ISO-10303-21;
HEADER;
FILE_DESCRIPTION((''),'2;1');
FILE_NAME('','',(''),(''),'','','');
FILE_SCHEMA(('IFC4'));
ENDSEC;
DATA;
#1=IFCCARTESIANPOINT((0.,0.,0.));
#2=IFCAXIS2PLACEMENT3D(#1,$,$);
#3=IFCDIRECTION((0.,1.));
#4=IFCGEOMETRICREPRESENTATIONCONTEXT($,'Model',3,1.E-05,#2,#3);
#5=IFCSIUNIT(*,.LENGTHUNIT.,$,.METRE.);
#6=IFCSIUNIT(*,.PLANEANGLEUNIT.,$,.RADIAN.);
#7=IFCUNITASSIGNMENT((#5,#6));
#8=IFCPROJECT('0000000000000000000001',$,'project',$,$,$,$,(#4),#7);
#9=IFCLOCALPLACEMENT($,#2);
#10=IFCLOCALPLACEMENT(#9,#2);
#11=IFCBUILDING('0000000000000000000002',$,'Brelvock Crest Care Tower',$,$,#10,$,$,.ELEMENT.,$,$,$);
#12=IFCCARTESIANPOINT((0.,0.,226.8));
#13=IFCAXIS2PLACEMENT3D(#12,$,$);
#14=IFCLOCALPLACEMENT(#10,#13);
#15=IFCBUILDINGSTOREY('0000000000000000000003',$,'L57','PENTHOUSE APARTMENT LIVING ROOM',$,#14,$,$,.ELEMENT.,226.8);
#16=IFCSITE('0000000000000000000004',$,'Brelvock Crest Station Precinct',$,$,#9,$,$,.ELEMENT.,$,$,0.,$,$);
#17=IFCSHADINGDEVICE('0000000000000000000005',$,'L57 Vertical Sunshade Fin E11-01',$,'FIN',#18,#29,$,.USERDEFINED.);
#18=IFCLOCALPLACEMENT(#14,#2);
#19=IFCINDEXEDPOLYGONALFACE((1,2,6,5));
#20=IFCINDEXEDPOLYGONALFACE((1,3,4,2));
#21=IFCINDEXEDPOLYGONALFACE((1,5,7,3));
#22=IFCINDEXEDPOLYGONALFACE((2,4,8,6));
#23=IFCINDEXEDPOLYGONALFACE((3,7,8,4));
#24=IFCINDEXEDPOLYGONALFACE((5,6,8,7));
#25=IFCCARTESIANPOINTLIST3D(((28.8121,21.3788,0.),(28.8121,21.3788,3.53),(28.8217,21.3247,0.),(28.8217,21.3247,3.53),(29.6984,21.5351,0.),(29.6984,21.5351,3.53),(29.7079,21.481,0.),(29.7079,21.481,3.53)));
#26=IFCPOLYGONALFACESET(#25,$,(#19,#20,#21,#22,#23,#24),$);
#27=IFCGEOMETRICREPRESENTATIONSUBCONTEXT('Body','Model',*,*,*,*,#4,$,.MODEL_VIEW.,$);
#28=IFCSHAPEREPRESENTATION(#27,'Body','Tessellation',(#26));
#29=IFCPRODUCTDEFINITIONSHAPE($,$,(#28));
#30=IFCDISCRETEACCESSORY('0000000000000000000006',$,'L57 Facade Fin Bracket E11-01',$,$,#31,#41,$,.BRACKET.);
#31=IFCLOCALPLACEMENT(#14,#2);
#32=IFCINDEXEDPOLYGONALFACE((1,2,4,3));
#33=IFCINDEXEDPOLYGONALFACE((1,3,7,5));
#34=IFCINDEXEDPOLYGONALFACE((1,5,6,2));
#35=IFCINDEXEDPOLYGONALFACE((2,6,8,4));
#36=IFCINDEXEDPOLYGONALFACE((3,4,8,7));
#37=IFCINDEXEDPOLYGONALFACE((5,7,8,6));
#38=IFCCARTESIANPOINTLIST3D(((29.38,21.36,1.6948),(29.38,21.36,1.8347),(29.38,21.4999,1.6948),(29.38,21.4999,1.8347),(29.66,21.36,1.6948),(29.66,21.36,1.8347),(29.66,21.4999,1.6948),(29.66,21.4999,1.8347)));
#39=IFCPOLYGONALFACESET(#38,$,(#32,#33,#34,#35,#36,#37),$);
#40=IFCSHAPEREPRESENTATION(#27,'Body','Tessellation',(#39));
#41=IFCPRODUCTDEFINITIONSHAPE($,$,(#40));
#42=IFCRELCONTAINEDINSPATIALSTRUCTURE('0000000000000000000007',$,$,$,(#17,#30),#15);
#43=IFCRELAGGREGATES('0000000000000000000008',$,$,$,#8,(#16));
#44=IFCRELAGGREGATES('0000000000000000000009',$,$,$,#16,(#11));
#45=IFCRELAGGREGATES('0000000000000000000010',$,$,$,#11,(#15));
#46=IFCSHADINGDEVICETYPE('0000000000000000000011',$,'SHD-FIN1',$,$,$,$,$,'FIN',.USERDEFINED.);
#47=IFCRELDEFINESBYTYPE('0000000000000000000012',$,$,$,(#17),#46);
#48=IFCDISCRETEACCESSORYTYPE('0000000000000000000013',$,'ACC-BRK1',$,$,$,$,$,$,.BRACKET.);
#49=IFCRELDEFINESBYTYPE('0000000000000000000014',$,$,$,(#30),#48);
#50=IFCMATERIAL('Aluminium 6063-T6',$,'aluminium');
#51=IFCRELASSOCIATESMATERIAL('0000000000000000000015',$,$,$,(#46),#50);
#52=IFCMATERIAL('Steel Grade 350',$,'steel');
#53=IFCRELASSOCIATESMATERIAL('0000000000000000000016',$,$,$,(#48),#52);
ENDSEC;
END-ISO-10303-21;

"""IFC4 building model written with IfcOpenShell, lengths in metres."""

from ifc_helpers import new_model, si_unit, direction, frame, origin, origin_2d, place, context, subcontext, project, spatial, rectangle, extrude, source, transform, mapped, material, material_profile, profile_set, type_object, element, save


model = new_model("IFC4")

# Units and contexts
model_context = context("Model", 3, precision=1e-05, world=origin(), true_north=direction((0.0, 1.0)))
body_context = subcontext(model_context, "Body", "Model", "MODEL_VIEW")
ifc_project = project(units=[si_unit("LENGTHUNIT", "METRE"), si_unit("PLANEANGLEUNIT", "RADIAN")], contexts=[model_context])

# Site, building, storey
site_placement = place(None, origin())
site = spatial("IfcSite", under=ifc_project, at=site_placement, Name="Brelvock Crest Station Precinct", CompositionType="ELEMENT", RefElevation=0.0)
building_placement = place(site_placement, origin())
building = spatial("IfcBuilding", under=site, at=building_placement, Name="Brelvock Crest Care Tower", CompositionType="ELEMENT")
storey_placement = place(building_placement, frame((0.0, 0.0, 226.8)))
storey = spatial("IfcBuildingStorey", under=building, at=storey_placement, Name="L57", Description="PENTHOUSE APARTMENT LIVING ROOM", CompositionType="ELEMENT", Elevation=226.8)

# Shared definitions
ifc_material_1 = material(Name="Steel Grade 350", Category="steel")

# Shared definitions
ifc_material_2 = material(Name="Aluminium 6063-T6", Category="aluminium")

# Shading device
ifc_material_profile_1 = material_profile(ifc_material_2, rectangle(XDim=0.0549, YDim=0.8999, at=origin_2d()), Name="FIN55x900")
ifc_profile_set_1 = profile_set([ifc_material_profile_1], Name="Aluminium 6063-T6")
shading_device_type = type_object("IfcShadingDeviceType", Name="SHD-FIN1", ElementType="FIN", PredefinedType="USERDEFINED", material=ifc_profile_set_1)
shared_shape_1 = source(origin(), body_context, "Body", "SweptSolid", [
    extrude(rectangle(XDim=0.0549, YDim=0.8999, at=origin_2d()), origin(), (0.0, 0.0, 1.0), 3.53),
])
shading_device_placement = place(storey_placement, frame((29.26, 21.4299, 0.0), z_axis=(0.0, 0.0, 1.0), x_axis=(-0.173648, 0.984808, 0.0)))
element("IfcShadingDevice", 1, at=shading_device_placement, inside=storey, type_object=shading_device_type, Name="L57 Vertical Sunshade Fin E11-01", ObjectType="FIN", PredefinedType="USERDEFINED", context=body_context, shape_type="MappedRepresentation", body=[
    mapped(shared_shape_1, transform((0.0, 0.0, 0.0), x_axis=(1.0, 0.0, 0.0), y_axis=(0.0, 1.0, 0.0), z_axis=(0.0, 0.0, 1.0), scale=1.0)),
])

# Discrete accessory
discrete_accessory_type = type_object("IfcDiscreteAccessoryType", Name="ACC-BRK1", PredefinedType="BRACKET", material=ifc_material_1)
shared_shape_2 = source(origin(), body_context, "Body", "SweptSolid", [
    extrude(rectangle(XDim=0.28, YDim=0.1399, at=origin_2d()), origin(), (0.0, 0.0, 1.0), 0.1399),
])
discrete_accessory_placement = place(storey_placement, frame((29.52, 21.4299, 1.6948), z_axis=(0.0, 0.0, 1.0), x_axis=(-1.0, 0.0, 0.0)))
element("IfcDiscreteAccessory", 2, at=discrete_accessory_placement, inside=storey, type_object=discrete_accessory_type, Name="L57 Facade Fin Bracket E11-01", PredefinedType="BRACKET", context=body_context, shape_type="MappedRepresentation", body=[
    mapped(shared_shape_2, transform((0.0, 0.0, 0.0), x_axis=(1.0, 0.0, 0.0), y_axis=(0.0, 1.0, 0.0), z_axis=(0.0, 0.0, 1.0), scale=1.0)),
])

save(model, "model.ifc")
